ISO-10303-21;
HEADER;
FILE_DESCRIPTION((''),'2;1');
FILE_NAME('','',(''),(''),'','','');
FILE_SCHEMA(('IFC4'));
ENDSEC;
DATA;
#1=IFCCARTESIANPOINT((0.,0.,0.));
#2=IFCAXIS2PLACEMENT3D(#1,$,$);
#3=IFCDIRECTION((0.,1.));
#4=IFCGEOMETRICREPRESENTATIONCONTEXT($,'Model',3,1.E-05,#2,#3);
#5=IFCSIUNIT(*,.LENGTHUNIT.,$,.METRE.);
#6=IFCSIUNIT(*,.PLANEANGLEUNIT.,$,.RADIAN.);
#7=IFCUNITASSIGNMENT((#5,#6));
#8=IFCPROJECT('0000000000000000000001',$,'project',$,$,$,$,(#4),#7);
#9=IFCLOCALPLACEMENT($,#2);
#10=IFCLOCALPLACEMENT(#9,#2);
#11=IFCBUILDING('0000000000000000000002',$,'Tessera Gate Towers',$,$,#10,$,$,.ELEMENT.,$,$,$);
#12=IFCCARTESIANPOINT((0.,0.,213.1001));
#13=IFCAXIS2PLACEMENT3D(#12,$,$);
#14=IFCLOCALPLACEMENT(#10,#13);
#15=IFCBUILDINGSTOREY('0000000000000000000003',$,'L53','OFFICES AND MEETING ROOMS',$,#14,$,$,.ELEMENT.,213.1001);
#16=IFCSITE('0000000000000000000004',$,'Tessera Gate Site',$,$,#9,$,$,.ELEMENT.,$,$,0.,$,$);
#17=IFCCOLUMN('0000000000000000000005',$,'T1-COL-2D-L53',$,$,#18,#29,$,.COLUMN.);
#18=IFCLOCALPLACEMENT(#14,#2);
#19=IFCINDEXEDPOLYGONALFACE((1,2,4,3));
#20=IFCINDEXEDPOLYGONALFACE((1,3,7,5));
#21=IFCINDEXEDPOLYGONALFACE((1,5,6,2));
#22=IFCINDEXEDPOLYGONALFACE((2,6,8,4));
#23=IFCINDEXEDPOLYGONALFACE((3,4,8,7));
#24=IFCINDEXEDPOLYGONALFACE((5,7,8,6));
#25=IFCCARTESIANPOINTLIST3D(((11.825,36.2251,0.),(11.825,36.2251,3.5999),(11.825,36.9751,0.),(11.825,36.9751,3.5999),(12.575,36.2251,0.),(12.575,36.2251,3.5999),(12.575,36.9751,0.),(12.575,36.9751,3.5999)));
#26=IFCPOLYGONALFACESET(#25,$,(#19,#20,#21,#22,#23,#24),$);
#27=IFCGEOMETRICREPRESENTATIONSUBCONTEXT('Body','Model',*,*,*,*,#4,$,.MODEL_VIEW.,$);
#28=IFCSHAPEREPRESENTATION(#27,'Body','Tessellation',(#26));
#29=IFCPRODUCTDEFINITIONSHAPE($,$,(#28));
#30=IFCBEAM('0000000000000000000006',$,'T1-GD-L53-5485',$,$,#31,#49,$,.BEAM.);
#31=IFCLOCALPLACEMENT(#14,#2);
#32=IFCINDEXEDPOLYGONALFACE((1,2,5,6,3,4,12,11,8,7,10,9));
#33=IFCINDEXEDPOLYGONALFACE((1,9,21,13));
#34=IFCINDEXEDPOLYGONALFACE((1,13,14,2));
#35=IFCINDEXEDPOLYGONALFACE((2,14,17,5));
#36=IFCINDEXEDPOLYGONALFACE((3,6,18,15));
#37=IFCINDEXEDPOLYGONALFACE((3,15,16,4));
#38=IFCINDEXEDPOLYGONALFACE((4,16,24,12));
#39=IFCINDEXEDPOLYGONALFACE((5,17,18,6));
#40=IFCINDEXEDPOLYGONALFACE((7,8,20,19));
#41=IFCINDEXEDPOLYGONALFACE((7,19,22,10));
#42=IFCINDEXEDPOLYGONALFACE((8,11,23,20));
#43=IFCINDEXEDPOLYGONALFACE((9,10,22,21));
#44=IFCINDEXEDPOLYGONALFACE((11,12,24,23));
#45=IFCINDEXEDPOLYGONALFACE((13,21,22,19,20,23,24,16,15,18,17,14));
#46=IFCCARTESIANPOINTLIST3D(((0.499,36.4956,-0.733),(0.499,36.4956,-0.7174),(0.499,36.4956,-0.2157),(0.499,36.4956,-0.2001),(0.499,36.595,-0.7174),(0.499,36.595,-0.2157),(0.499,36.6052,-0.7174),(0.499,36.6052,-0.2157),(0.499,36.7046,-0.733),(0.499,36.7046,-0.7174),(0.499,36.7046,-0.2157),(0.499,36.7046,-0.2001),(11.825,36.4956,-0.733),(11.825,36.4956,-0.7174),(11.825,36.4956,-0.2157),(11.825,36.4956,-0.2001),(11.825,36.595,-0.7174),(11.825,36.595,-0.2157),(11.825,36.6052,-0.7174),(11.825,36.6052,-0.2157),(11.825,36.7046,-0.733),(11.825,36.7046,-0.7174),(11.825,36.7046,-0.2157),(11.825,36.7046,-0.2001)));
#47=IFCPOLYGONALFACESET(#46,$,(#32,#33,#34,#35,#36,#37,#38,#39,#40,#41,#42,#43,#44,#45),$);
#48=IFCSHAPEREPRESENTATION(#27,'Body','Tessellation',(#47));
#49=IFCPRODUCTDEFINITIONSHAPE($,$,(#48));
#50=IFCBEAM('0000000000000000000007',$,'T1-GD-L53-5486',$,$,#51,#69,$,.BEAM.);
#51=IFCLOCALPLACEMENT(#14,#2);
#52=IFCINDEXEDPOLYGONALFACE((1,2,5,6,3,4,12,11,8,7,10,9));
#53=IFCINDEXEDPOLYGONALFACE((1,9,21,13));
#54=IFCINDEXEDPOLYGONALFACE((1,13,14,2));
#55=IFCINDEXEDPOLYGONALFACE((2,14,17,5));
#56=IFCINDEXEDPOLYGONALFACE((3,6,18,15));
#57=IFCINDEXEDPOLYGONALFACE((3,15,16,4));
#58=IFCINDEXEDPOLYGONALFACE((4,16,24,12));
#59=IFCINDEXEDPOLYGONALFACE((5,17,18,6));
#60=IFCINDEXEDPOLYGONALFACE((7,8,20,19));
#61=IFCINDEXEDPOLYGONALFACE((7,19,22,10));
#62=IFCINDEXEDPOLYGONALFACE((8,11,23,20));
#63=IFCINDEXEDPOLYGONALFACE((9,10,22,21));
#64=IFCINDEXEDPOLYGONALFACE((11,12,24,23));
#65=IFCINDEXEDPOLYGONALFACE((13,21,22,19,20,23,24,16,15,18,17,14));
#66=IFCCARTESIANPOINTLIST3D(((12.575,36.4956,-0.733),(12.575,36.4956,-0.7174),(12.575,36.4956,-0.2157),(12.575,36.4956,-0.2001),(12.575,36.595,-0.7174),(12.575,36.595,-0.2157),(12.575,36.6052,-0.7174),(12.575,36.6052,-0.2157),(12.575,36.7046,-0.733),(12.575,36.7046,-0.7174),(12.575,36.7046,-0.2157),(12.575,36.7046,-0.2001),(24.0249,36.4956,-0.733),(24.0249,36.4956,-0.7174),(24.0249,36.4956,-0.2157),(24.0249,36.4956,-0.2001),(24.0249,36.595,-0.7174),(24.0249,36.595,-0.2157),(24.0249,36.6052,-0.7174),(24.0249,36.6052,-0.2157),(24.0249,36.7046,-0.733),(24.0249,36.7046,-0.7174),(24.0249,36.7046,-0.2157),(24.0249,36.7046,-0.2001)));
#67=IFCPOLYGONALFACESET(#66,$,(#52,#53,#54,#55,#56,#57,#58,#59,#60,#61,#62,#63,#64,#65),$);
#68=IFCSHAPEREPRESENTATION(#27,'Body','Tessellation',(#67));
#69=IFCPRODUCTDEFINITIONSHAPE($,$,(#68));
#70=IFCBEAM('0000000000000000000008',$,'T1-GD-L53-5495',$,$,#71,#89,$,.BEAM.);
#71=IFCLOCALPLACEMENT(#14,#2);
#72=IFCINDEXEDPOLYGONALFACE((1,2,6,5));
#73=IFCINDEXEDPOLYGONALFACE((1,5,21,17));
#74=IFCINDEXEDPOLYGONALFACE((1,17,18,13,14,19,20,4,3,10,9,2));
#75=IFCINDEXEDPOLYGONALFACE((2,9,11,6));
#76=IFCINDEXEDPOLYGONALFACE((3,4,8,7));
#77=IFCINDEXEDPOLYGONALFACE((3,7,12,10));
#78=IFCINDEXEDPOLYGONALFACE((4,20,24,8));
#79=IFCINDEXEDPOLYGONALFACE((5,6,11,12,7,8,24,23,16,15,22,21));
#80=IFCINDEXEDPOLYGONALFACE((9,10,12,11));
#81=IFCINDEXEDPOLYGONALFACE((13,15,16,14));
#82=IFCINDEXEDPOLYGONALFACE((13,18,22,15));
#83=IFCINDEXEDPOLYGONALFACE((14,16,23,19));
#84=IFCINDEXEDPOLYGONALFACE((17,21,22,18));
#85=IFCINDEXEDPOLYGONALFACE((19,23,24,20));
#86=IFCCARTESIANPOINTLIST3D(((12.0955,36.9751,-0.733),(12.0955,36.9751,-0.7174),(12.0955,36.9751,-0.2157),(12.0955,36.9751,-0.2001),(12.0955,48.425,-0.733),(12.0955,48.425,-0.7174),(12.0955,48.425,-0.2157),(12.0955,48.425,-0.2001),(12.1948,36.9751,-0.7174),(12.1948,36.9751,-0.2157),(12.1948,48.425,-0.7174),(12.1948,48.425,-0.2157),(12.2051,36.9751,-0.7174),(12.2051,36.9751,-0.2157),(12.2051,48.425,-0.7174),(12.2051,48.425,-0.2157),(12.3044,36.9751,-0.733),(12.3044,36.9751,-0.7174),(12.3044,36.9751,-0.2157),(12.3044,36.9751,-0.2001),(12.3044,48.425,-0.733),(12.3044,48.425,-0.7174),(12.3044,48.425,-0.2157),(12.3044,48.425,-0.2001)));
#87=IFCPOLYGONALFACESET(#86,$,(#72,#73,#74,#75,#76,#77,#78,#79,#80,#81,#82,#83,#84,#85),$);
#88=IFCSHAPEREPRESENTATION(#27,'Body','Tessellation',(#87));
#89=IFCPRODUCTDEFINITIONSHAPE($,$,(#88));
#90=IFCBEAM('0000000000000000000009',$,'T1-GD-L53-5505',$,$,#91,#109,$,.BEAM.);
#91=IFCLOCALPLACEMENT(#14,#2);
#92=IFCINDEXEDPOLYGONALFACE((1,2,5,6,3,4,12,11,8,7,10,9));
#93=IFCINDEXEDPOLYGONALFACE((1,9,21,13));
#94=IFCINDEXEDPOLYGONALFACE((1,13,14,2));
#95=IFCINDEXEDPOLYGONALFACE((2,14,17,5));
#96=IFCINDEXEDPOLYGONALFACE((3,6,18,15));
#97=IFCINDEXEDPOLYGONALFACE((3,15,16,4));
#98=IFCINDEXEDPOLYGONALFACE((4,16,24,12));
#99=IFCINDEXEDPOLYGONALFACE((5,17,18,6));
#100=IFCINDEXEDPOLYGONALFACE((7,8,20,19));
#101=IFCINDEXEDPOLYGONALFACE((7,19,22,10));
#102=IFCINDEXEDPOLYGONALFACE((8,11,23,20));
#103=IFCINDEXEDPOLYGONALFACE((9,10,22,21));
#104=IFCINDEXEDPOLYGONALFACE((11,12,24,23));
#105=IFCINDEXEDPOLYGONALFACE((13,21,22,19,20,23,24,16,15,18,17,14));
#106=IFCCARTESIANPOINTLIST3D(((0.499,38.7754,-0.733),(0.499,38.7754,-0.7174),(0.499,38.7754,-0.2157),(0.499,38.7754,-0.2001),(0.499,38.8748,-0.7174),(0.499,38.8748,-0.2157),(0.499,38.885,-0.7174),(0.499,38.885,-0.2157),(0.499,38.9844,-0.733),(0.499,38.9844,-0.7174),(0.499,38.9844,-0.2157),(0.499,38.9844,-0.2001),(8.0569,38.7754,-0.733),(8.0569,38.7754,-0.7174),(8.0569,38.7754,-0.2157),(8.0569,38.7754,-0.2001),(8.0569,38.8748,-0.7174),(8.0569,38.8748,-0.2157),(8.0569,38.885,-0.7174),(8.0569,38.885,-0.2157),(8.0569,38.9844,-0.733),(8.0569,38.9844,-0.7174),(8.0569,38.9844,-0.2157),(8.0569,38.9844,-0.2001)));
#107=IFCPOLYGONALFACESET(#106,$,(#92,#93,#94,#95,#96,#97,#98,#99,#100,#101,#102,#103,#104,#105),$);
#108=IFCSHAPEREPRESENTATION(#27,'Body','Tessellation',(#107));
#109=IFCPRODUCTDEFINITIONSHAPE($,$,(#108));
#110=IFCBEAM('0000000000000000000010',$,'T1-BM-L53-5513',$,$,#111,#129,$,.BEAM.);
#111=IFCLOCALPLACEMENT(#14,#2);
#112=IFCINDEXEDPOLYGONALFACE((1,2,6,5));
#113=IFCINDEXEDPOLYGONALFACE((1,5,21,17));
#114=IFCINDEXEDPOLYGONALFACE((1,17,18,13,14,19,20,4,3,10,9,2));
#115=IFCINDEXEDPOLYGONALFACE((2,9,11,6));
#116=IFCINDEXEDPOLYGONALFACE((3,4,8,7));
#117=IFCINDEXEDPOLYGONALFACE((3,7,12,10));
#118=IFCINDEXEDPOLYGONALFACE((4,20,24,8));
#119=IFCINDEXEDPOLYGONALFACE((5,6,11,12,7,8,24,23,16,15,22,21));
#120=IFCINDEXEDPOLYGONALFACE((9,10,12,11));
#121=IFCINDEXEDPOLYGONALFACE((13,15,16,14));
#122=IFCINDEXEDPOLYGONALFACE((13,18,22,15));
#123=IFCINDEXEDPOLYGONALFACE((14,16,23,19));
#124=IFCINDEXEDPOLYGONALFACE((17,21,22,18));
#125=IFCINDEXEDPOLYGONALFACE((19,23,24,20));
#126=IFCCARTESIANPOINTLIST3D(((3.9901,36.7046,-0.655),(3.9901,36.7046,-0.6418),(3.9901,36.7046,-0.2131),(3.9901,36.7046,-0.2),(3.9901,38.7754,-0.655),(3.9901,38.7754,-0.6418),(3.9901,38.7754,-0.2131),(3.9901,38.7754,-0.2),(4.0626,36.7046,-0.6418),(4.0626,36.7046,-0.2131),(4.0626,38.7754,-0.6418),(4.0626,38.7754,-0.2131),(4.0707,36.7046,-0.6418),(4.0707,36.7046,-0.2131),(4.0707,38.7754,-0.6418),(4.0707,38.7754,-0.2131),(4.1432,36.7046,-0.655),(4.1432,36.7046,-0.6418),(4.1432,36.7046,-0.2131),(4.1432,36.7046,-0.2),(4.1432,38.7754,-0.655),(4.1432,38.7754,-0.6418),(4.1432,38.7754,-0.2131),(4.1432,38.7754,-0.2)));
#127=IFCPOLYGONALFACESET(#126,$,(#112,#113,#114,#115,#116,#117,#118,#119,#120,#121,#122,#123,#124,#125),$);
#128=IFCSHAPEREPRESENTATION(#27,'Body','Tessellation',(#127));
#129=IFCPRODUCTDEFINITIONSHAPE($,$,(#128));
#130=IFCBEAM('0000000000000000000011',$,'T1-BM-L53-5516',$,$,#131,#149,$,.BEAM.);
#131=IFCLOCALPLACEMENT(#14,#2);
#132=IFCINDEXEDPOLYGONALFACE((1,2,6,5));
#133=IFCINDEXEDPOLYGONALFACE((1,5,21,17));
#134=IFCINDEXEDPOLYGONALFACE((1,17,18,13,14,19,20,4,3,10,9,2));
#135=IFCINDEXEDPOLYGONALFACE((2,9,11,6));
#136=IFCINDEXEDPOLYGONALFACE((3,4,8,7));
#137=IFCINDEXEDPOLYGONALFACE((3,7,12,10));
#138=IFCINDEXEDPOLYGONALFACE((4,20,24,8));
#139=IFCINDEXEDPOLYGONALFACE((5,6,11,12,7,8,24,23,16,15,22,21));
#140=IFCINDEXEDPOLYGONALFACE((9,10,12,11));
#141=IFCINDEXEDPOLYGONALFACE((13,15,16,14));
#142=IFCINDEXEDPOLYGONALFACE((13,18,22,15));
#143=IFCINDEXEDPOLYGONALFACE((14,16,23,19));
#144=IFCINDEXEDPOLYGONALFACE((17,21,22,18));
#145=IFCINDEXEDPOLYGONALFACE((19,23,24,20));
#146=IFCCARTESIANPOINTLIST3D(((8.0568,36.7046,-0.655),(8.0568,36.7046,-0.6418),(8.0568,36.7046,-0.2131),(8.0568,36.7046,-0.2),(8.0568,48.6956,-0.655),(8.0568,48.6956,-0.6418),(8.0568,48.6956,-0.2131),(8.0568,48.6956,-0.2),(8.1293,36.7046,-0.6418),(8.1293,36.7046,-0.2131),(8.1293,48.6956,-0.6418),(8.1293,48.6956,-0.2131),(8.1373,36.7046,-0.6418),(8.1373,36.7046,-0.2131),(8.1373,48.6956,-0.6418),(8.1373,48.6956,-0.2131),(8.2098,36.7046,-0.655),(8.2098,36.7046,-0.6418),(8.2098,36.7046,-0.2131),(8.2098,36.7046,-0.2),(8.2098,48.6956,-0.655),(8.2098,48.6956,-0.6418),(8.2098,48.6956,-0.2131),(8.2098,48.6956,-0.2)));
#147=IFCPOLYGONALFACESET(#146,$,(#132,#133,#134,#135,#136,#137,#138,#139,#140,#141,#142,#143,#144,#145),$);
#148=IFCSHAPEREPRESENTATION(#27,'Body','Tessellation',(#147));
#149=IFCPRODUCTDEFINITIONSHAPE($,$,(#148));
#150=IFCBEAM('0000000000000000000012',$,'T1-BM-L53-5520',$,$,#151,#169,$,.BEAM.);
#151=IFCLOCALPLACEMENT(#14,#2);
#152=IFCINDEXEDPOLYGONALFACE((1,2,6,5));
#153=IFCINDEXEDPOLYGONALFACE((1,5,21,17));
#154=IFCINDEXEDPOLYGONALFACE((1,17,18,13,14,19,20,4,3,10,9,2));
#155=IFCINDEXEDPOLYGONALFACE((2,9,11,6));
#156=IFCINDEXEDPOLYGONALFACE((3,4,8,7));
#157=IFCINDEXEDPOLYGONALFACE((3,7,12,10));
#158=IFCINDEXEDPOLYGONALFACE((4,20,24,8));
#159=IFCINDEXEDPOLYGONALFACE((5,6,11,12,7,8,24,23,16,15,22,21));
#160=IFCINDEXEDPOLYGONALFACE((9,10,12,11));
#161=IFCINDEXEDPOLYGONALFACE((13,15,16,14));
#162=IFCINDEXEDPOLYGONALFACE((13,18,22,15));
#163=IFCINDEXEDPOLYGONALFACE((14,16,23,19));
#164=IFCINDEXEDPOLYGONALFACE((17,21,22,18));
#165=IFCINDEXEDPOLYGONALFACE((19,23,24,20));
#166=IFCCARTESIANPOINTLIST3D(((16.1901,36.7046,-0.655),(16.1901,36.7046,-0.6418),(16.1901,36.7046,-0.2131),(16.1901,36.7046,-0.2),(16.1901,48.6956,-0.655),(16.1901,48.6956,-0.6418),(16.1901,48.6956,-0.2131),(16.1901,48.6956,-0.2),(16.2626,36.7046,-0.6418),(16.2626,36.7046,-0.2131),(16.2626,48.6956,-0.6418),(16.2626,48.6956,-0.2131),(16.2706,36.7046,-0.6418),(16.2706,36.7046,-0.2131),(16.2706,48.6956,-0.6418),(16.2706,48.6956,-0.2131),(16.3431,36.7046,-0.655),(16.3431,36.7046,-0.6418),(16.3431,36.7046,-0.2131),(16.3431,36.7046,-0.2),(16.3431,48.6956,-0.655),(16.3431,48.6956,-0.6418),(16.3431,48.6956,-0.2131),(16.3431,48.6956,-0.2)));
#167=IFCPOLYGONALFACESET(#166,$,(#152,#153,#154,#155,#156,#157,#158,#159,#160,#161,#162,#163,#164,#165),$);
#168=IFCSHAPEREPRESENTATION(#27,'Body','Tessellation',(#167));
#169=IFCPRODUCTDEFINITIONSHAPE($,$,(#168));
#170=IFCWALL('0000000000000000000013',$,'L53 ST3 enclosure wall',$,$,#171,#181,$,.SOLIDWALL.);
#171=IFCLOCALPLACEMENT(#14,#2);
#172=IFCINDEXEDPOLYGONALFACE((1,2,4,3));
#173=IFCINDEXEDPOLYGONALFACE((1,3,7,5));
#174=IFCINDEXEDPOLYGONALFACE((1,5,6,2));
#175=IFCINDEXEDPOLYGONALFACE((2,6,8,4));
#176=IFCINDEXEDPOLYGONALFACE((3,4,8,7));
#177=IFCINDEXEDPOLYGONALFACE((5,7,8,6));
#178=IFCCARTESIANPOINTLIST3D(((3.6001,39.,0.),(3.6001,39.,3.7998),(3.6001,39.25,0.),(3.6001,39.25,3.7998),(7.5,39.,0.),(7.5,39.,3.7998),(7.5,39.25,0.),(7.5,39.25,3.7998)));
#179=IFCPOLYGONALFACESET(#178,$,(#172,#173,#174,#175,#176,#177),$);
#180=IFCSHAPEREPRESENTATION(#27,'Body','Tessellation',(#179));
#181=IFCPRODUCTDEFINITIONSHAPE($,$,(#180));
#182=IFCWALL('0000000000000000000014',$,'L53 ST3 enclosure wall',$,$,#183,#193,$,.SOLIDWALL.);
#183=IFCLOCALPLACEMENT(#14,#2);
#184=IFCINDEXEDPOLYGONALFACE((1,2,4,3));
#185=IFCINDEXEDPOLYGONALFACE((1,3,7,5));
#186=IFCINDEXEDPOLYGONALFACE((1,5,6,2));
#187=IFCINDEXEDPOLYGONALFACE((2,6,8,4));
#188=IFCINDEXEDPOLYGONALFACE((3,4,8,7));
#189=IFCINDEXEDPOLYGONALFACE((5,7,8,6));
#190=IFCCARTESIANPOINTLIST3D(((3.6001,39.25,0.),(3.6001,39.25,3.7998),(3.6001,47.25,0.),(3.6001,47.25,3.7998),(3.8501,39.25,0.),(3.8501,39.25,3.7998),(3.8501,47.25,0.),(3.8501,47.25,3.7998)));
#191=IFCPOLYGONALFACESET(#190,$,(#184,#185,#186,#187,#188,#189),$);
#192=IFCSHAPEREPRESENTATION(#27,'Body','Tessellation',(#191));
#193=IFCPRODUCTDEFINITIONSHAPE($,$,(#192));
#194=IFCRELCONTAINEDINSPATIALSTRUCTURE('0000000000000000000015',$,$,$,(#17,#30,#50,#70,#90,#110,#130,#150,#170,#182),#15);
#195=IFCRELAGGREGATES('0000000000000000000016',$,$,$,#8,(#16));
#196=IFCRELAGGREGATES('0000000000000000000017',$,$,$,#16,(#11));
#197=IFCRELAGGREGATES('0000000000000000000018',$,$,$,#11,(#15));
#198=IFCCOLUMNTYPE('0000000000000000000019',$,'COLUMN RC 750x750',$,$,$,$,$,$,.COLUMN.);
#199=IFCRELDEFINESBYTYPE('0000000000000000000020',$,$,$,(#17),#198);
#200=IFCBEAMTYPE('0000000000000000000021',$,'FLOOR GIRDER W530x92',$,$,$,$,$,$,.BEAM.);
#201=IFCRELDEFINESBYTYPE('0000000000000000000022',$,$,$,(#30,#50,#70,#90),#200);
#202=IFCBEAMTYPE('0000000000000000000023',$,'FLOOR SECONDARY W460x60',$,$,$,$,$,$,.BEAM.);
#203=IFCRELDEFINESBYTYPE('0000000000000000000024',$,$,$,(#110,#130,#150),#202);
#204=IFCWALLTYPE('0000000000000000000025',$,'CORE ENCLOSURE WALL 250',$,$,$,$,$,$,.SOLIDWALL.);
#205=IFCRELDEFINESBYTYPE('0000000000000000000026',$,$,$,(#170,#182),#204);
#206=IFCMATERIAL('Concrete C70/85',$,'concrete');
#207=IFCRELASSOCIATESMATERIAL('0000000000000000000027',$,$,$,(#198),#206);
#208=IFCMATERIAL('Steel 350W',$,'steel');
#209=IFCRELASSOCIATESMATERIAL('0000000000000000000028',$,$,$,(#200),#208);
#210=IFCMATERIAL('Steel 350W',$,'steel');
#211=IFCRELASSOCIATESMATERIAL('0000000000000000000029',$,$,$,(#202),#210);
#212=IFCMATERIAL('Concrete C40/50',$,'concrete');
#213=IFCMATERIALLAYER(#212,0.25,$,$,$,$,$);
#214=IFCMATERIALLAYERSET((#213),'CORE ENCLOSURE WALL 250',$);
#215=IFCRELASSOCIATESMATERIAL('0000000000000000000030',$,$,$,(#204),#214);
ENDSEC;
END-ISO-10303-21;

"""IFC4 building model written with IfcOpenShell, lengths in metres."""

from ifc_helpers import new_model, si_unit, direction, frame, frame_2d, origin, origin_2d, place, context, subcontext, project, spatial, rectangle, i_section, extrude, material, layer, layer_set, material_profile, profile_set, type_object, element, save


model = new_model("IFC4")

# Units and contexts
model_context = context("Model", 3, precision=1e-05, world=origin(), true_north=direction((0.0, 1.0)))
body_context = subcontext(model_context, "Body", "Model", "MODEL_VIEW")
ifc_project = project(units=[si_unit("LENGTHUNIT", "METRE"), si_unit("PLANEANGLEUNIT", "RADIAN")], contexts=[model_context])

# Site, building, storey
site_placement = place(None, origin())
site = spatial("IfcSite", under=ifc_project, at=site_placement, Name="Tessera Gate Site", CompositionType="ELEMENT", RefElevation=0.0)
building_placement = place(site_placement, origin())
building = spatial("IfcBuilding", under=site, at=building_placement, Name="Tessera Gate Towers", CompositionType="ELEMENT")
storey_placement = place(building_placement, frame((0.0, 0.0, 213.1001)))
storey = spatial("IfcBuildingStorey", under=building, at=storey_placement, Name="L53", Description="OFFICES AND MEETING ROOMS", CompositionType="ELEMENT", Elevation=213.1001)

# Column
ifc_material_1 = material(Name="Concrete C70/85", Category="concrete")
ifc_material_profile_1 = material_profile(ifc_material_1, rectangle(XDim=0.75, YDim=0.75, at=origin_2d()), Name="RC 750x750")
ifc_profile_set_1 = profile_set([ifc_material_profile_1], Name="Concrete C70/85")
column_type = type_object("IfcColumnType", Name="COLUMN RC 750x750", PredefinedType="COLUMN", material=ifc_profile_set_1)
column_placement = place(storey_placement, frame((12.2, 36.6001, 0.0), z_axis=(0.0, 0.0, 1.0), x_axis=(1.0, 0.0, 0.0)))
element("IfcColumn", 1, at=column_placement, inside=storey, type_object=column_type, Name="T1-COL-2D-L53", PredefinedType="COLUMN", context=body_context, shape_type="SweptSolid", body=[
    extrude(rectangle(XDim=0.75, YDim=0.75, at=origin_2d()), origin(), (0.0, 0.0, 1.0), 3.5999),
])

# Beams
ifc_material_2 = material(Name="Steel 350W", Category="steel")
ifc_material_profile_2 = material_profile(ifc_material_2, i_section(OverallWidth=0.209, OverallDepth=0.533, WebThickness=0.0103, FlangeThickness=0.0156, at=origin_2d()), Name="W530x92")
ifc_profile_set_2 = profile_set([ifc_material_profile_2], Name="Steel 350W")
beam_type_1 = type_object("IfcBeamType", Name="FLOOR GIRDER W530x92", PredefinedType="BEAM", material=ifc_profile_set_2)
beam_1_placement = place(storey_placement, frame((0.499, 36.6001, -0.4666), z_axis=(1.0, 0.0, 0.0), x_axis=(0.0, 1.0, 0.0)))
element("IfcBeam", 2, at=beam_1_placement, inside=storey, type_object=beam_type_1, Name="T1-GD-L53-5485", PredefinedType="BEAM", context=body_context, shape_type="SweptSolid", body=[
    extrude(i_section(OverallWidth=0.209, OverallDepth=0.533, WebThickness=0.0103, FlangeThickness=0.0156, at=origin_2d()), origin(), (0.0, 0.0, 1.0), 11.3259),
])
for number, where, z_axis, x_axis, name in (
    (3, (12.575, 36.6001, -0.4666), (1.0, 0.0, 0.0), (0.0, 1.0, 0.0), "T1-GD-L53-5486"),
    (4, (12.2, 36.9751, -0.4666), (0.0, 1.0, 0.0), (-1.0, 0.0, 0.0), "T1-GD-L53-5495"),
):
    element("IfcBeam", number, at=place(storey_placement, frame(where, z_axis=z_axis, x_axis=x_axis)), inside=storey, type_object=beam_type_1, Name=name, PredefinedType="BEAM", context=body_context, shape_type="SweptSolid", body=[
        extrude(i_section(OverallWidth=0.209, OverallDepth=0.533, WebThickness=0.0103, FlangeThickness=0.0156, at=origin_2d()), origin(), (0.0, 0.0, 1.0), 11.45),
    ])
beam_2_placement = place(storey_placement, frame((0.499, 38.8799, -0.4666), z_axis=(1.0, 0.0, 0.0), x_axis=(0.0, 1.0, 0.0)))
element("IfcBeam", 5, at=beam_2_placement, inside=storey, type_object=beam_type_1, Name="T1-GD-L53-5505", PredefinedType="BEAM", context=body_context, shape_type="SweptSolid", body=[
    extrude(i_section(OverallWidth=0.209, OverallDepth=0.533, WebThickness=0.0103, FlangeThickness=0.0156, at=origin_2d()), origin(), (0.0, 0.0, 1.0), 7.5579),
])
ifc_material_3 = material(Name="Steel 350W", Category="steel")
ifc_material_profile_3 = material_profile(ifc_material_3, i_section(OverallWidth=0.1531, OverallDepth=0.4551, WebThickness=0.0081, FlangeThickness=0.0132, at=origin_2d()), Name="W460x60")
ifc_profile_set_3 = profile_set([ifc_material_profile_3], Name="Steel 350W")
beam_type_2 = type_object("IfcBeamType", Name="FLOOR SECONDARY W460x60", PredefinedType="BEAM", material=ifc_profile_set_3)
beam_3_placement = place(storey_placement, frame((4.0667, 36.7046, -0.4275), z_axis=(0.0, 1.0, 0.0), x_axis=(-1.0, 0.0, 0.0)))
element("IfcBeam", 6, at=beam_3_placement, inside=storey, type_object=beam_type_2, Name="T1-BM-L53-5513", PredefinedType="BEAM", context=body_context, shape_type="SweptSolid", body=[
    extrude(i_section(OverallWidth=0.1531, OverallDepth=0.4551, WebThickness=0.0081, FlangeThickness=0.0132, at=origin_2d()), origin(), (0.0, 0.0, 1.0), 2.0708),
])
for number, where, z_axis, x_axis, name in (
    (7, (8.1333, 36.7046, -0.4275), (0.0, 1.0, 0.0), (-1.0, 0.0, 0.0), "T1-BM-L53-5516"),
    (8, (16.2666, 36.7046, -0.4275), (0.0, 1.0, 0.0), (-1.0, 0.0, 0.0), "T1-BM-L53-5520"),
):
    element("IfcBeam", number, at=place(storey_placement, frame(where, z_axis=z_axis, x_axis=x_axis)), inside=storey, type_object=beam_type_2, Name=name, PredefinedType="BEAM", context=body_context, shape_type="SweptSolid", body=[
        extrude(i_section(OverallWidth=0.1531, OverallDepth=0.4551, WebThickness=0.0081, FlangeThickness=0.0132, at=origin_2d()), origin(), (0.0, 0.0, 1.0), 11.991),
    ])

# Walls
ifc_material_4 = material(Name="Concrete C40/50", Category="concrete")
ifc_layer_1 = layer(ifc_material_4, 0.25)
ifc_layer_set_1 = layer_set([ifc_layer_1], Name="CORE ENCLOSURE WALL 250")
wall_type_1 = type_object("IfcWallType", Name="CORE ENCLOSURE WALL 250", PredefinedType="SOLIDWALL", material=ifc_layer_set_1)
wall_1_placement = place(storey_placement, frame((7.5, 39.125, 0.0), z_axis=(0.0, 0.0, 1.0), x_axis=(-1.0, 0.0, 0.0)))
element("IfcWall", 9, at=wall_1_placement, inside=storey, type_object=wall_type_1, Name="L53 ST3 enclosure wall", PredefinedType="SOLIDWALL", context=body_context, shape_type="SweptSolid", body=[
    extrude(rectangle(XDim=3.8999, YDim=0.25, at=frame_2d((1.95, 0.0))), origin(), (0.0, 0.0, 1.0), 3.7998),
])
wall_2_placement = place(storey_placement, frame((3.7251, 39.25, 0.0), z_axis=(0.0, 0.0, 1.0), x_axis=(0.0, 1.0, 0.0)))
element("IfcWall", 10, at=wall_2_placement, inside=storey, type_object=wall_type_1, Name="L53 ST3 enclosure wall", PredefinedType="SOLIDWALL", context=body_context, shape_type="SweptSolid", body=[
    extrude(rectangle(XDim=8.0, YDim=0.25, at=frame_2d((4.0, 0.0))), origin(), (0.0, 0.0, 1.0), 3.7998),
])

save(model, "model.ifc")
